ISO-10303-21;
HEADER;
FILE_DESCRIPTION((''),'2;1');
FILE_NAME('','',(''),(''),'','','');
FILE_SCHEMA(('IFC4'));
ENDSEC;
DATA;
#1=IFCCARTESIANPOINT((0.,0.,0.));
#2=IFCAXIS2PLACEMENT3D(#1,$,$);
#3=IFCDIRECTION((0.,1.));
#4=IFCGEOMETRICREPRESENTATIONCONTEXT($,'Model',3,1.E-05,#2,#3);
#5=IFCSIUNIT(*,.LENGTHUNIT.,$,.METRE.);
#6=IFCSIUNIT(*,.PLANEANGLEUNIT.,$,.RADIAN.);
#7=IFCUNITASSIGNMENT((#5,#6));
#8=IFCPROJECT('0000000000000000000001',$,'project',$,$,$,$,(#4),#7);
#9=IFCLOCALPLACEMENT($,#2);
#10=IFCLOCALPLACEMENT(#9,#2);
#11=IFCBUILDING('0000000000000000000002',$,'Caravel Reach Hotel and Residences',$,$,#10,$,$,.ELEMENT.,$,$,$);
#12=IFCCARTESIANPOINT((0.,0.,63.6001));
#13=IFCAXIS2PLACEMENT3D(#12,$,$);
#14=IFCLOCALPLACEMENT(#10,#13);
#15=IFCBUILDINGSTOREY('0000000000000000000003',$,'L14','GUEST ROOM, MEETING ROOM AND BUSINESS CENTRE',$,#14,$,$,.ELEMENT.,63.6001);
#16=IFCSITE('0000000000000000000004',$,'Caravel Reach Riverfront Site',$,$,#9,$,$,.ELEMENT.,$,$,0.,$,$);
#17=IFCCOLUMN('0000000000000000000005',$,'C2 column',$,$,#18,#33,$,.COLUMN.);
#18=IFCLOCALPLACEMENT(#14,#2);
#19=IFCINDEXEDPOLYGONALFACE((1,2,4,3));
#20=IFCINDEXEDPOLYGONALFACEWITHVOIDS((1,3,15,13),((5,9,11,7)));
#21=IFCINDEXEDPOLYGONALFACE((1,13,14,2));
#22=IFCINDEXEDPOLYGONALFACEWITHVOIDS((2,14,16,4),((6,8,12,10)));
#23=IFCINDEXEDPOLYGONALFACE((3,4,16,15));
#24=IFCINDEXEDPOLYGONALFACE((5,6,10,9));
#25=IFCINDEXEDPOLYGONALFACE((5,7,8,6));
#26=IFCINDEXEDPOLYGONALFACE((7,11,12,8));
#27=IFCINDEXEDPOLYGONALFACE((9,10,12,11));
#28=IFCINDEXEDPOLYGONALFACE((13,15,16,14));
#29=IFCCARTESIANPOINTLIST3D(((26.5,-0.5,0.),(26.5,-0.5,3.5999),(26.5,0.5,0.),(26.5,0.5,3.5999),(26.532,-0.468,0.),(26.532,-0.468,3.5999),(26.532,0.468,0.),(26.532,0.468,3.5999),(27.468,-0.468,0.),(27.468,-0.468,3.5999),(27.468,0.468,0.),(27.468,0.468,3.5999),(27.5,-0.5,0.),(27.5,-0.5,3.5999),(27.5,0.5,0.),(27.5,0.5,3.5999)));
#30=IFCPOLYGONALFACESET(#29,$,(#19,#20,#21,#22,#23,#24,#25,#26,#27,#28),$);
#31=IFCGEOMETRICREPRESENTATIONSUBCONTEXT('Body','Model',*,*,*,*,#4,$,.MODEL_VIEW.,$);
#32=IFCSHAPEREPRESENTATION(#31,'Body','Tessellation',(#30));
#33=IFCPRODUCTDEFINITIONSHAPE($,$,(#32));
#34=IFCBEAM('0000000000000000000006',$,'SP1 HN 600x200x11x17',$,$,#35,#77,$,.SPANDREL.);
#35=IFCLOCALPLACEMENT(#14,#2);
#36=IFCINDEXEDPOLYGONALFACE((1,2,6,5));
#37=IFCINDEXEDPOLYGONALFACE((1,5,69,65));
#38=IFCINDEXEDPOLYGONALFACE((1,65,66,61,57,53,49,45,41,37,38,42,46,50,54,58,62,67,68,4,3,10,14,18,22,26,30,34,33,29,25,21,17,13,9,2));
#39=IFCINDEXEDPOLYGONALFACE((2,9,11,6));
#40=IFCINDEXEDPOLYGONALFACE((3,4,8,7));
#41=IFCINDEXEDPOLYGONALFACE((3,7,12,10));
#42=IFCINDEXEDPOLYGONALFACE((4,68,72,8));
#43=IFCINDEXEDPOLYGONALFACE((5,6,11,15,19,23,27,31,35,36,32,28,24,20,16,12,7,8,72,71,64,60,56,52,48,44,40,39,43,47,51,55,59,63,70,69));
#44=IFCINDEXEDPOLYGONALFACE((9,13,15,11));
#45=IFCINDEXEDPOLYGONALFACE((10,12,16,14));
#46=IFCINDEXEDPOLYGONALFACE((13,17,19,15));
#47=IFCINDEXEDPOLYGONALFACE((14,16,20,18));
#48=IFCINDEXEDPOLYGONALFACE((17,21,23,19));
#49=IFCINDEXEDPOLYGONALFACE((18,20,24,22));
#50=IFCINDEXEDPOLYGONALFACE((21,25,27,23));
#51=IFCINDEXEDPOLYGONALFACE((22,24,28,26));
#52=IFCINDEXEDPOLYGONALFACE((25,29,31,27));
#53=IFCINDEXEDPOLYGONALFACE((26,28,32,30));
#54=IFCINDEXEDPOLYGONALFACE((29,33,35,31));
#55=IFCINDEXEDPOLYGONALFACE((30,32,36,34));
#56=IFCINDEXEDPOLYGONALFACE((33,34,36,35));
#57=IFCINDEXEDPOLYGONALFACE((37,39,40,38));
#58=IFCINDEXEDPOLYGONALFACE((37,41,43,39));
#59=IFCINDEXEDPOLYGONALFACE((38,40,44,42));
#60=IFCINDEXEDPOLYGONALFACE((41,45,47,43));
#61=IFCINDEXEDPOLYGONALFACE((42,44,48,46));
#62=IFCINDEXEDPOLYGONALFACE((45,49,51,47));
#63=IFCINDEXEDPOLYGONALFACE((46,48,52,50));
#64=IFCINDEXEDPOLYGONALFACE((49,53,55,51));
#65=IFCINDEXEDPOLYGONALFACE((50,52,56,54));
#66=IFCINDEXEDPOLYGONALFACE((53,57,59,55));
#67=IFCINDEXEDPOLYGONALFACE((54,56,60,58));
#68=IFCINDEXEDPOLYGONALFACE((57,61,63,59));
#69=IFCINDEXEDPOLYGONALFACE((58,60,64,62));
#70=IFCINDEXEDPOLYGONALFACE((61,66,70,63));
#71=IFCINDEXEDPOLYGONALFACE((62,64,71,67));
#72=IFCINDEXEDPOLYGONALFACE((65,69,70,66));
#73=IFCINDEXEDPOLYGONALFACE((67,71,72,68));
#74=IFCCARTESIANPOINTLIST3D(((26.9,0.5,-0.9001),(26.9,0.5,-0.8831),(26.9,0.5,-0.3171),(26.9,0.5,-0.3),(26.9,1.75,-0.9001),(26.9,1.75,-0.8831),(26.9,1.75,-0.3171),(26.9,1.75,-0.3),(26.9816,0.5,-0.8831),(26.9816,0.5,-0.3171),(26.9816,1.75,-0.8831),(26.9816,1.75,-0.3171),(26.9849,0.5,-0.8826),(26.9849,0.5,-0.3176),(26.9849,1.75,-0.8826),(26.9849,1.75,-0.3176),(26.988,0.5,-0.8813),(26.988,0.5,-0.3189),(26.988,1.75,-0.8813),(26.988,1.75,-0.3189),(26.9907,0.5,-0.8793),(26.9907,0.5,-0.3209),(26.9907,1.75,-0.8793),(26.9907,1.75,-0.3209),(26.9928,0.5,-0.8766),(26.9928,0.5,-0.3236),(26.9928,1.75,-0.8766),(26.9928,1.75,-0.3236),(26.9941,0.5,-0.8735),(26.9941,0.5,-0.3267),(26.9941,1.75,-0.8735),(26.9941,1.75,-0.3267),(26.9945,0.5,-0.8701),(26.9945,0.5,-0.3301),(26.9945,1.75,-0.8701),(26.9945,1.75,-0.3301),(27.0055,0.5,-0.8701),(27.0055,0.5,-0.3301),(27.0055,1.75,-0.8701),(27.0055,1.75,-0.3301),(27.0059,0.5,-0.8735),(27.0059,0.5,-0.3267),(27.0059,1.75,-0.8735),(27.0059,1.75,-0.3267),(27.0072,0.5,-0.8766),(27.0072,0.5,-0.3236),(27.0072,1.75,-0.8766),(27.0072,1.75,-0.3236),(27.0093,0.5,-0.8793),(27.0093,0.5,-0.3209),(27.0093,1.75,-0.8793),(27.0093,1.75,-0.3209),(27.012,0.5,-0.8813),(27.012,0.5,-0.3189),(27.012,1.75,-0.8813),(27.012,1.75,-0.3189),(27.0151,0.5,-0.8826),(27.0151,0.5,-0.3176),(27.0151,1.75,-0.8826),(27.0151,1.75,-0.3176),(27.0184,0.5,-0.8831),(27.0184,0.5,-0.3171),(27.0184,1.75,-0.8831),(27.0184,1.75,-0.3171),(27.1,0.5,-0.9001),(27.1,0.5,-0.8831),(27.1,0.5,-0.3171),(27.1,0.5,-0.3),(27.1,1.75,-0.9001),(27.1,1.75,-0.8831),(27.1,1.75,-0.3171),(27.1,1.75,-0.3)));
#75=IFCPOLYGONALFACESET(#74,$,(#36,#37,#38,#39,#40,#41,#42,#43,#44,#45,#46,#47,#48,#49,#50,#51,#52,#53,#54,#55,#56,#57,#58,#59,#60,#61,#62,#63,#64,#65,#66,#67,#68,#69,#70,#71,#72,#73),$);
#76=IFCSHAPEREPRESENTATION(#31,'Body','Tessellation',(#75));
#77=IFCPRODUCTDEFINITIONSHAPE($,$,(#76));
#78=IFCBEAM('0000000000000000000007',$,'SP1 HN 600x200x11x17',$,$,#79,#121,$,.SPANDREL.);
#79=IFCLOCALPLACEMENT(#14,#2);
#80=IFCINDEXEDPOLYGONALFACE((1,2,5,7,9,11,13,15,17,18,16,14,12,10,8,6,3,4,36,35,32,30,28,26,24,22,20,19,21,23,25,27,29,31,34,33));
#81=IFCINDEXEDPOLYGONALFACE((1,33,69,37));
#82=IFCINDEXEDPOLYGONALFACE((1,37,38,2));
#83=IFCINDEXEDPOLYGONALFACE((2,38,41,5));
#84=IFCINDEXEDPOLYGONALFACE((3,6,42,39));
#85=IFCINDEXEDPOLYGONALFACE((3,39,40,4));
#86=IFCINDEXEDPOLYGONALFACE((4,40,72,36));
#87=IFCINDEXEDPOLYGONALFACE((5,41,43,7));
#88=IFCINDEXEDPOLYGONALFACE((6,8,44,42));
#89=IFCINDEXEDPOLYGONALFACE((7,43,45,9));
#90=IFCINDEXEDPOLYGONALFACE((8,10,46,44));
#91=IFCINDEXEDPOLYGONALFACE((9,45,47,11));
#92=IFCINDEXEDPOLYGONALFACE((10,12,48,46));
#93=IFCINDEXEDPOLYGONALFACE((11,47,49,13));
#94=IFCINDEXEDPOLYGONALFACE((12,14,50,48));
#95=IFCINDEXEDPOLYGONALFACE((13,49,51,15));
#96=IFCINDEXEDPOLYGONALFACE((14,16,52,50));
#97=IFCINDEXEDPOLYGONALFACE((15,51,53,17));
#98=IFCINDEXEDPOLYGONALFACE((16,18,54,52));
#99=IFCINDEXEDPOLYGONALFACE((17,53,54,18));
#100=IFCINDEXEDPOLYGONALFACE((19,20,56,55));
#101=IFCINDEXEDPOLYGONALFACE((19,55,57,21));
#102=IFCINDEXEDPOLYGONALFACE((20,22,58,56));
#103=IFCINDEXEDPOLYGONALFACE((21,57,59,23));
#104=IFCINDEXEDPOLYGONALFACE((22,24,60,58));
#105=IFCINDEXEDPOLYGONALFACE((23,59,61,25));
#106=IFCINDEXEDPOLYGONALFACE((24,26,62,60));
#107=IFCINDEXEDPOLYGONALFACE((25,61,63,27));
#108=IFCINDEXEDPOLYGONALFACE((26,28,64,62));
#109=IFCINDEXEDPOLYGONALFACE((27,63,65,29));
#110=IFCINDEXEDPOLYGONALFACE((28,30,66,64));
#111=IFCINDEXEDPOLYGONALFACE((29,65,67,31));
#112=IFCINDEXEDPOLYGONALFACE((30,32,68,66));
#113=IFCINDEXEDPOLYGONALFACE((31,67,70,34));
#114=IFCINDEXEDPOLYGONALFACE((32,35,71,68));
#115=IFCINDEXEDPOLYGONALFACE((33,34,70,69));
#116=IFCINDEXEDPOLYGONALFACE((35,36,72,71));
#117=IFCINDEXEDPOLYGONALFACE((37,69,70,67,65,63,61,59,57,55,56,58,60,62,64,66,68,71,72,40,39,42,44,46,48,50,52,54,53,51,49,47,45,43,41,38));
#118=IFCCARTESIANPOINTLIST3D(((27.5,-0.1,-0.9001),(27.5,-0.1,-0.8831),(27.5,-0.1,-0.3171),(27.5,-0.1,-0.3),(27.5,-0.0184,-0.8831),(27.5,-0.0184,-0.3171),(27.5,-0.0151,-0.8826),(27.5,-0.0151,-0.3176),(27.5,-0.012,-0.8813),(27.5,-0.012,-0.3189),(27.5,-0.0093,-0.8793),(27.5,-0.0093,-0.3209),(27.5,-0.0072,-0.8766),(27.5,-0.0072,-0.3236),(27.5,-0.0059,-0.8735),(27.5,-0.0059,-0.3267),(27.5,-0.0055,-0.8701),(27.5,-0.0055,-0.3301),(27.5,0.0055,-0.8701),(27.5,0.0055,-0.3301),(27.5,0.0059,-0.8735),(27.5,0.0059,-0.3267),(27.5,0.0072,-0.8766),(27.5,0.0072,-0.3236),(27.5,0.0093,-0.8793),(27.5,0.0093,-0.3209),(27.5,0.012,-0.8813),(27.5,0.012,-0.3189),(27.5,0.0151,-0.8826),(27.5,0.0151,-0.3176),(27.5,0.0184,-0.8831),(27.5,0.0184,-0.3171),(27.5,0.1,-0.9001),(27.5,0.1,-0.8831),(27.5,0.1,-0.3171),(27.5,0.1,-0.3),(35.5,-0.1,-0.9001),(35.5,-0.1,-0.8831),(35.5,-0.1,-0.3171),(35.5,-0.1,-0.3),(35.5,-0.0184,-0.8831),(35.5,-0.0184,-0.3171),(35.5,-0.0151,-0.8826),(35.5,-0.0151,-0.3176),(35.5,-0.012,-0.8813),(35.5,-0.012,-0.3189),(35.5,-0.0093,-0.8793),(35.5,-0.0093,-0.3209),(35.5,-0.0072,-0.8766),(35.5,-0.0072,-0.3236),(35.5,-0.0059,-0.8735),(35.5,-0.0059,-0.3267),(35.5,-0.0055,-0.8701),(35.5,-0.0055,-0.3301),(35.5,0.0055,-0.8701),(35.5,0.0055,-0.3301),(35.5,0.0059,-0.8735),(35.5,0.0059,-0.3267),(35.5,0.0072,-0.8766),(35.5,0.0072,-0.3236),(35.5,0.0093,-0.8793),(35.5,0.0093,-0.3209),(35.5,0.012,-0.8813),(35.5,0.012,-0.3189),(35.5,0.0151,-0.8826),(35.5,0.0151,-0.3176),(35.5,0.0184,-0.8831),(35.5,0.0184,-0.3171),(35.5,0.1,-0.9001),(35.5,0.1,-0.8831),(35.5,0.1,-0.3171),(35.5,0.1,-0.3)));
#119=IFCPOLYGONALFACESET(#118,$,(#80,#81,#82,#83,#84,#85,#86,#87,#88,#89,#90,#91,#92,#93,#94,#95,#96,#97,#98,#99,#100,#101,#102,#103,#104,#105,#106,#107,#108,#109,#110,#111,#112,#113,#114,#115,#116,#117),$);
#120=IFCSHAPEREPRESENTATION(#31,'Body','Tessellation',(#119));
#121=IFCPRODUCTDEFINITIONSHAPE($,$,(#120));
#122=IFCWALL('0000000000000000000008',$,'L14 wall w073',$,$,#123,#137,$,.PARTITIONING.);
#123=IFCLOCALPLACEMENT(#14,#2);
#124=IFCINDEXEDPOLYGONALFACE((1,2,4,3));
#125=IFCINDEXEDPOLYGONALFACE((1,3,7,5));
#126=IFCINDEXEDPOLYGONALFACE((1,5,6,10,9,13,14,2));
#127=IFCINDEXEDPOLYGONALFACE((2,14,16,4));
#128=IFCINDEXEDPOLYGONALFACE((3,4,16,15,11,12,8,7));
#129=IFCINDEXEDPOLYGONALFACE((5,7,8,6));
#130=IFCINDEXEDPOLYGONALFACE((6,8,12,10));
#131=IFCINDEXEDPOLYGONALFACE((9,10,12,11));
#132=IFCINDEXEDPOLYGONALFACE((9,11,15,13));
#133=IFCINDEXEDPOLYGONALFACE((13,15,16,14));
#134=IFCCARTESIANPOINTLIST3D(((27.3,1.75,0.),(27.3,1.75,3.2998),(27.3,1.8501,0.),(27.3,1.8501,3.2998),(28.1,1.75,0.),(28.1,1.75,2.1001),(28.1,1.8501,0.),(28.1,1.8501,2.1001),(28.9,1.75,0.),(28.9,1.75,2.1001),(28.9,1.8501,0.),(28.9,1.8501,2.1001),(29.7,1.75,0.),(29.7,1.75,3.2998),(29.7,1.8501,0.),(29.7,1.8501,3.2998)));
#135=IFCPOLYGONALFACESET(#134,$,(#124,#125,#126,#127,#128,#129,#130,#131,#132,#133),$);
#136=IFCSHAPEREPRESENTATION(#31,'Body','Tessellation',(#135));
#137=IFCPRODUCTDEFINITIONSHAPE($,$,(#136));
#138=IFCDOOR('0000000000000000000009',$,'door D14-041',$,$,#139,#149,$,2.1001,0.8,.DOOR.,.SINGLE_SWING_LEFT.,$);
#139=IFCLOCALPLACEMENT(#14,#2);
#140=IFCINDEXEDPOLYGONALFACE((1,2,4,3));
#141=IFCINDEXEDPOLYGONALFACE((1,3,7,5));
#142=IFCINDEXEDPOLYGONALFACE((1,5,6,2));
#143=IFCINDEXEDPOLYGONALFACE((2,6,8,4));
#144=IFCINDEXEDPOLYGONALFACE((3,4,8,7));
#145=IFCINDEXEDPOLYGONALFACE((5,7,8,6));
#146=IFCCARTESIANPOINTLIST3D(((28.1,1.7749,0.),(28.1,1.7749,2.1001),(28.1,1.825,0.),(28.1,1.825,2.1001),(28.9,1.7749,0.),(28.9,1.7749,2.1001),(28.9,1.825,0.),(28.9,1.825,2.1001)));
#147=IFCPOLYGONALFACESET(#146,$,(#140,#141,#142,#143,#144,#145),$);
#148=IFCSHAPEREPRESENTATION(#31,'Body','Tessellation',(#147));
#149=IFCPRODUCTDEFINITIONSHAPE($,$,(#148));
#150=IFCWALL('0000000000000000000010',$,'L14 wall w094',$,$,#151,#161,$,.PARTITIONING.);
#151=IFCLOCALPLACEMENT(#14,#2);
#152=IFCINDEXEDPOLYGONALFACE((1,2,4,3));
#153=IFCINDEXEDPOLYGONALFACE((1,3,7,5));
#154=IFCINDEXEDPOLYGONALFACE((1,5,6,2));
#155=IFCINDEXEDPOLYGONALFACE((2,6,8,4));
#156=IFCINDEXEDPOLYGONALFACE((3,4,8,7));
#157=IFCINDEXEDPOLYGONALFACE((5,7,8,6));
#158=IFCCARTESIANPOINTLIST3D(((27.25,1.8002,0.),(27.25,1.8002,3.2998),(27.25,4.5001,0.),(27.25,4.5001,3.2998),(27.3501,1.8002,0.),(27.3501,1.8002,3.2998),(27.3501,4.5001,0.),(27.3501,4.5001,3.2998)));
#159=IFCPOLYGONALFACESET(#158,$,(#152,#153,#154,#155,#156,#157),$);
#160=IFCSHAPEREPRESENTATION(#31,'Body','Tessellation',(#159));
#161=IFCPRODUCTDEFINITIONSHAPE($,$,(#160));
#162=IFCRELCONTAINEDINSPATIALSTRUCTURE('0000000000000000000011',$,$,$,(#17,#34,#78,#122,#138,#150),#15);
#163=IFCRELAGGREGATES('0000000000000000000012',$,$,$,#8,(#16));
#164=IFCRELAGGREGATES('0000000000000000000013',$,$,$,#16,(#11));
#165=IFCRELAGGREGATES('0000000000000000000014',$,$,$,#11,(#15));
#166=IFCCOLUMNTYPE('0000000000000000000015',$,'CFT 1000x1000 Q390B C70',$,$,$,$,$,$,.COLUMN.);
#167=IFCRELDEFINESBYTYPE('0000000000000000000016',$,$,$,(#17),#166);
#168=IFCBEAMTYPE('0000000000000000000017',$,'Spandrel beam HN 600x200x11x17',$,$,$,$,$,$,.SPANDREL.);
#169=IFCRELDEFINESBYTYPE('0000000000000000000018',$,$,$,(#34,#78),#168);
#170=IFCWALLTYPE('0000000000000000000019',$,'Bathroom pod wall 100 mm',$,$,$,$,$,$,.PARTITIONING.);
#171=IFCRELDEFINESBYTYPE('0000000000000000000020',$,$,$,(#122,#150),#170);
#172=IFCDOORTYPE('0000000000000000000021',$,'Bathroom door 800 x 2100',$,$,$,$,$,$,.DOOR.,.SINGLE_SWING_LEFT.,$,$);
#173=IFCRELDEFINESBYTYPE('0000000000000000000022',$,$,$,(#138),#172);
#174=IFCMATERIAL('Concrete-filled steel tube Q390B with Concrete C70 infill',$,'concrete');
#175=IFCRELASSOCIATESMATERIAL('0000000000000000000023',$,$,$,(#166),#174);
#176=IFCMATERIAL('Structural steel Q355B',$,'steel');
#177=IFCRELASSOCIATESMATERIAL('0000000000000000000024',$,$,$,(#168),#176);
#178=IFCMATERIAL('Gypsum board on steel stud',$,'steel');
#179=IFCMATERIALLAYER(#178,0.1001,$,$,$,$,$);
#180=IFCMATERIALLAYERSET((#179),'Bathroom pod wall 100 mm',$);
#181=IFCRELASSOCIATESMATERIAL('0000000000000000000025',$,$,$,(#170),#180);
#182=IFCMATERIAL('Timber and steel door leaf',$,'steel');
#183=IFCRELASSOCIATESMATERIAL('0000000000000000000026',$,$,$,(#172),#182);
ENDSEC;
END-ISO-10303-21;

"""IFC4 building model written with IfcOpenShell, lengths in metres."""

from ifc_helpers import new_model, si_unit, direction, frame, frame_2d, origin, origin_2d, place, context, subcontext, project, spatial, rectangle, hollow_rectangle, i_section, extrude, material, layer, layer_set, material_profile, profile_set, type_object, element, fill, save


model = new_model("IFC4")

# Units and contexts
model_context = context("Model", 3, precision=1e-05, world=origin(), true_north=direction((0.0, 1.0)))
body_context = subcontext(model_context, "Body", "Model", "MODEL_VIEW")
ifc_project = project(units=[si_unit("LENGTHUNIT", "METRE"), si_unit("PLANEANGLEUNIT", "RADIAN")], contexts=[model_context])

# Site, building, storey
site_placement = place(None, origin())
site = spatial("IfcSite", under=ifc_project, at=site_placement, Name="Caravel Reach Riverfront Site", CompositionType="ELEMENT", RefElevation=0.0)
building_placement = place(site_placement, origin())
building = spatial("IfcBuilding", under=site, at=building_placement, Name="Caravel Reach Hotel and Residences", CompositionType="ELEMENT")
storey_placement = place(building_placement, frame((0.0, 0.0, 63.6001)))
storey = spatial("IfcBuildingStorey", under=building, at=storey_placement, Name="L14", Description="GUEST ROOM, MEETING ROOM AND BUSINESS CENTRE", CompositionType="ELEMENT", Elevation=63.6001)

# Column
ifc_material_1 = material(Name="Concrete-filled steel tube Q390B with Concrete C70 infill", Category="concrete")
ifc_material_profile_1 = material_profile(ifc_material_1, hollow_rectangle(XDim=1.0, YDim=1.0, WallThickness=0.032, at=origin_2d()), Name="RHS 1000x1000x32")
ifc_profile_set_1 = profile_set([ifc_material_profile_1], Name="Concrete-filled steel tube Q390B with Concrete C70 infill")
column_type = type_object("IfcColumnType", Name="CFT 1000x1000 Q390B C70", PredefinedType="COLUMN", material=ifc_profile_set_1)
column_placement = place(storey_placement, frame((27.0, 0.0, 0.0), z_axis=(0.0, 0.0, 1.0), x_axis=(1.0, 0.0, 0.0)))
element("IfcColumn", 1, at=column_placement, inside=storey, type_object=column_type, Name="C2 column", PredefinedType="COLUMN", context=body_context, shape_type="SweptSolid", body=[
    extrude(hollow_rectangle(XDim=1.0, YDim=1.0, WallThickness=0.032, at=origin_2d()), origin(), (0.0, 0.0, 1.0), 3.5999),
])

# Beams
ifc_material_2 = material(Name="Structural steel Q355B", Category="steel")
ifc_material_profile_2 = material_profile(ifc_material_2, i_section(OverallWidth=0.2, OverallDepth=0.6001, WebThickness=0.011, FlangeThickness=0.0171, FilletRadius=0.0129, at=origin_2d()), Name="HN 600x200x11x17")
ifc_profile_set_2 = profile_set([ifc_material_profile_2], Name="Structural steel Q355B")
beam_type = type_object("IfcBeamType", Name="Spandrel beam HN 600x200x11x17", PredefinedType="SPANDREL", material=ifc_profile_set_2)
beam_1_placement = place(storey_placement, frame((27.0, 1.75, -0.6001), z_axis=(0.0, -1.0, 0.0), x_axis=(1.0, 0.0, 0.0)))
element("IfcBeam", 2, at=beam_1_placement, inside=storey, type_object=beam_type, Name="SP1 HN 600x200x11x17", PredefinedType="SPANDREL", context=body_context, shape_type="SweptSolid", body=[
    extrude(i_section(OverallWidth=0.2, OverallDepth=0.6001, WebThickness=0.011, FlangeThickness=0.0171, FilletRadius=0.0129, at=origin_2d()), origin(), (0.0, 0.0, 1.0), 1.25),
])
beam_2_placement = place(storey_placement, frame((27.5, 0.0, -0.6001), z_axis=(1.0, 0.0, 0.0), x_axis=(0.0, 1.0, 0.0)))
element("IfcBeam", 3, at=beam_2_placement, inside=storey, type_object=beam_type, Name="SP1 HN 600x200x11x17", PredefinedType="SPANDREL", context=body_context, shape_type="SweptSolid", body=[
    extrude(i_section(OverallWidth=0.2, OverallDepth=0.6001, WebThickness=0.011, FlangeThickness=0.0171, FilletRadius=0.0129, at=origin_2d()), origin(), (0.0, 0.0, 1.0), 8.0),
])

# Wall, opening, door
ifc_material_3 = material(Name="Gypsum board on steel stud", Category="steel")
ifc_layer_1 = layer(ifc_material_3, 0.1001)
ifc_layer_set_1 = layer_set([ifc_layer_1], Name="Bathroom pod wall 100 mm")
wall_type_1 = type_object("IfcWallType", Name="Bathroom pod wall 100 mm", PredefinedType="PARTITIONING", material=ifc_layer_set_1)
wall_1_placement = place(storey_placement, frame((27.3, 1.8, 0.0), z_axis=(0.0, 0.0, 1.0), x_axis=(1.0, 0.0, 0.0)))
wall_1 = element("IfcWall", 4, at=wall_1_placement, inside=storey, type_object=wall_type_1, Name="L14 wall w073", PredefinedType="PARTITIONING", context=body_context, shape_type="SweptSolid", body=[
    extrude(rectangle(XDim=2.3999, YDim=0.1001, at=frame_2d((1.2, 0.0))), origin(), (0.0, 0.0, 1.0), 3.2998),
])
opening_1_placement = place(wall_1_placement, frame((0.8, 0.0, 0.0)))
opening_1 = element("IfcOpeningElement", 5, at=opening_1_placement, cuts=wall_1, PredefinedType="OPENING", context=body_context, shape_type="SweptSolid", body=[
    extrude(rectangle(XDim=0.8, YDim=2.1001, at=frame_2d((0.3999, 1.05))), frame((0.0, 0.0601, 0.0), z_axis=(0.0, -1.0, 0.0), x_axis=(1.0, 0.0, 0.0)), (0.0, 0.0, 1.0), 0.1201),
])
ifc_material_4 = material(Name="Timber and steel door leaf", Category="steel")
door_type = type_object("IfcDoorType", Name="Bathroom door 800 x 2100", OperationType="SINGLE_SWING_LEFT", PredefinedType="DOOR", material=ifc_material_4)
door_placement = place(opening_1_placement, origin())
door = element("IfcDoor", 6, at=door_placement, inside=storey, type_object=door_type, Name="door D14-041", OperationType="SINGLE_SWING_LEFT", OverallHeight=2.1001, OverallWidth=0.8, PredefinedType="DOOR", context=body_context, shape_type="SweptSolid", body=[
    extrude(rectangle(XDim=0.8, YDim=2.1001, at=frame_2d((0.3999, 1.05))), frame((0.0, 0.0249, 0.0), z_axis=(0.0, -1.0, 0.0), x_axis=(1.0, 0.0, 0.0)), (0.0, 0.0, 1.0), 0.05),
])
fill(opening_1, door)

# Wall
wall_2_placement = place(storey_placement, frame((27.3, 1.8, 0.0), z_axis=(0.0, 0.0, 1.0), x_axis=(0.0, 1.0, 0.0)))
element("IfcWall", 7, at=wall_2_placement, inside=storey, type_object=wall_type_1, Name="L14 wall w094", PredefinedType="PARTITIONING", context=body_context, shape_type="SweptSolid", body=[
    extrude(rectangle(XDim=2.7, YDim=0.1001, at=frame_2d((1.3501, 0.0))), origin(), (0.0, 0.0, 1.0), 3.2998),
])

save(model, "model.ifc")
